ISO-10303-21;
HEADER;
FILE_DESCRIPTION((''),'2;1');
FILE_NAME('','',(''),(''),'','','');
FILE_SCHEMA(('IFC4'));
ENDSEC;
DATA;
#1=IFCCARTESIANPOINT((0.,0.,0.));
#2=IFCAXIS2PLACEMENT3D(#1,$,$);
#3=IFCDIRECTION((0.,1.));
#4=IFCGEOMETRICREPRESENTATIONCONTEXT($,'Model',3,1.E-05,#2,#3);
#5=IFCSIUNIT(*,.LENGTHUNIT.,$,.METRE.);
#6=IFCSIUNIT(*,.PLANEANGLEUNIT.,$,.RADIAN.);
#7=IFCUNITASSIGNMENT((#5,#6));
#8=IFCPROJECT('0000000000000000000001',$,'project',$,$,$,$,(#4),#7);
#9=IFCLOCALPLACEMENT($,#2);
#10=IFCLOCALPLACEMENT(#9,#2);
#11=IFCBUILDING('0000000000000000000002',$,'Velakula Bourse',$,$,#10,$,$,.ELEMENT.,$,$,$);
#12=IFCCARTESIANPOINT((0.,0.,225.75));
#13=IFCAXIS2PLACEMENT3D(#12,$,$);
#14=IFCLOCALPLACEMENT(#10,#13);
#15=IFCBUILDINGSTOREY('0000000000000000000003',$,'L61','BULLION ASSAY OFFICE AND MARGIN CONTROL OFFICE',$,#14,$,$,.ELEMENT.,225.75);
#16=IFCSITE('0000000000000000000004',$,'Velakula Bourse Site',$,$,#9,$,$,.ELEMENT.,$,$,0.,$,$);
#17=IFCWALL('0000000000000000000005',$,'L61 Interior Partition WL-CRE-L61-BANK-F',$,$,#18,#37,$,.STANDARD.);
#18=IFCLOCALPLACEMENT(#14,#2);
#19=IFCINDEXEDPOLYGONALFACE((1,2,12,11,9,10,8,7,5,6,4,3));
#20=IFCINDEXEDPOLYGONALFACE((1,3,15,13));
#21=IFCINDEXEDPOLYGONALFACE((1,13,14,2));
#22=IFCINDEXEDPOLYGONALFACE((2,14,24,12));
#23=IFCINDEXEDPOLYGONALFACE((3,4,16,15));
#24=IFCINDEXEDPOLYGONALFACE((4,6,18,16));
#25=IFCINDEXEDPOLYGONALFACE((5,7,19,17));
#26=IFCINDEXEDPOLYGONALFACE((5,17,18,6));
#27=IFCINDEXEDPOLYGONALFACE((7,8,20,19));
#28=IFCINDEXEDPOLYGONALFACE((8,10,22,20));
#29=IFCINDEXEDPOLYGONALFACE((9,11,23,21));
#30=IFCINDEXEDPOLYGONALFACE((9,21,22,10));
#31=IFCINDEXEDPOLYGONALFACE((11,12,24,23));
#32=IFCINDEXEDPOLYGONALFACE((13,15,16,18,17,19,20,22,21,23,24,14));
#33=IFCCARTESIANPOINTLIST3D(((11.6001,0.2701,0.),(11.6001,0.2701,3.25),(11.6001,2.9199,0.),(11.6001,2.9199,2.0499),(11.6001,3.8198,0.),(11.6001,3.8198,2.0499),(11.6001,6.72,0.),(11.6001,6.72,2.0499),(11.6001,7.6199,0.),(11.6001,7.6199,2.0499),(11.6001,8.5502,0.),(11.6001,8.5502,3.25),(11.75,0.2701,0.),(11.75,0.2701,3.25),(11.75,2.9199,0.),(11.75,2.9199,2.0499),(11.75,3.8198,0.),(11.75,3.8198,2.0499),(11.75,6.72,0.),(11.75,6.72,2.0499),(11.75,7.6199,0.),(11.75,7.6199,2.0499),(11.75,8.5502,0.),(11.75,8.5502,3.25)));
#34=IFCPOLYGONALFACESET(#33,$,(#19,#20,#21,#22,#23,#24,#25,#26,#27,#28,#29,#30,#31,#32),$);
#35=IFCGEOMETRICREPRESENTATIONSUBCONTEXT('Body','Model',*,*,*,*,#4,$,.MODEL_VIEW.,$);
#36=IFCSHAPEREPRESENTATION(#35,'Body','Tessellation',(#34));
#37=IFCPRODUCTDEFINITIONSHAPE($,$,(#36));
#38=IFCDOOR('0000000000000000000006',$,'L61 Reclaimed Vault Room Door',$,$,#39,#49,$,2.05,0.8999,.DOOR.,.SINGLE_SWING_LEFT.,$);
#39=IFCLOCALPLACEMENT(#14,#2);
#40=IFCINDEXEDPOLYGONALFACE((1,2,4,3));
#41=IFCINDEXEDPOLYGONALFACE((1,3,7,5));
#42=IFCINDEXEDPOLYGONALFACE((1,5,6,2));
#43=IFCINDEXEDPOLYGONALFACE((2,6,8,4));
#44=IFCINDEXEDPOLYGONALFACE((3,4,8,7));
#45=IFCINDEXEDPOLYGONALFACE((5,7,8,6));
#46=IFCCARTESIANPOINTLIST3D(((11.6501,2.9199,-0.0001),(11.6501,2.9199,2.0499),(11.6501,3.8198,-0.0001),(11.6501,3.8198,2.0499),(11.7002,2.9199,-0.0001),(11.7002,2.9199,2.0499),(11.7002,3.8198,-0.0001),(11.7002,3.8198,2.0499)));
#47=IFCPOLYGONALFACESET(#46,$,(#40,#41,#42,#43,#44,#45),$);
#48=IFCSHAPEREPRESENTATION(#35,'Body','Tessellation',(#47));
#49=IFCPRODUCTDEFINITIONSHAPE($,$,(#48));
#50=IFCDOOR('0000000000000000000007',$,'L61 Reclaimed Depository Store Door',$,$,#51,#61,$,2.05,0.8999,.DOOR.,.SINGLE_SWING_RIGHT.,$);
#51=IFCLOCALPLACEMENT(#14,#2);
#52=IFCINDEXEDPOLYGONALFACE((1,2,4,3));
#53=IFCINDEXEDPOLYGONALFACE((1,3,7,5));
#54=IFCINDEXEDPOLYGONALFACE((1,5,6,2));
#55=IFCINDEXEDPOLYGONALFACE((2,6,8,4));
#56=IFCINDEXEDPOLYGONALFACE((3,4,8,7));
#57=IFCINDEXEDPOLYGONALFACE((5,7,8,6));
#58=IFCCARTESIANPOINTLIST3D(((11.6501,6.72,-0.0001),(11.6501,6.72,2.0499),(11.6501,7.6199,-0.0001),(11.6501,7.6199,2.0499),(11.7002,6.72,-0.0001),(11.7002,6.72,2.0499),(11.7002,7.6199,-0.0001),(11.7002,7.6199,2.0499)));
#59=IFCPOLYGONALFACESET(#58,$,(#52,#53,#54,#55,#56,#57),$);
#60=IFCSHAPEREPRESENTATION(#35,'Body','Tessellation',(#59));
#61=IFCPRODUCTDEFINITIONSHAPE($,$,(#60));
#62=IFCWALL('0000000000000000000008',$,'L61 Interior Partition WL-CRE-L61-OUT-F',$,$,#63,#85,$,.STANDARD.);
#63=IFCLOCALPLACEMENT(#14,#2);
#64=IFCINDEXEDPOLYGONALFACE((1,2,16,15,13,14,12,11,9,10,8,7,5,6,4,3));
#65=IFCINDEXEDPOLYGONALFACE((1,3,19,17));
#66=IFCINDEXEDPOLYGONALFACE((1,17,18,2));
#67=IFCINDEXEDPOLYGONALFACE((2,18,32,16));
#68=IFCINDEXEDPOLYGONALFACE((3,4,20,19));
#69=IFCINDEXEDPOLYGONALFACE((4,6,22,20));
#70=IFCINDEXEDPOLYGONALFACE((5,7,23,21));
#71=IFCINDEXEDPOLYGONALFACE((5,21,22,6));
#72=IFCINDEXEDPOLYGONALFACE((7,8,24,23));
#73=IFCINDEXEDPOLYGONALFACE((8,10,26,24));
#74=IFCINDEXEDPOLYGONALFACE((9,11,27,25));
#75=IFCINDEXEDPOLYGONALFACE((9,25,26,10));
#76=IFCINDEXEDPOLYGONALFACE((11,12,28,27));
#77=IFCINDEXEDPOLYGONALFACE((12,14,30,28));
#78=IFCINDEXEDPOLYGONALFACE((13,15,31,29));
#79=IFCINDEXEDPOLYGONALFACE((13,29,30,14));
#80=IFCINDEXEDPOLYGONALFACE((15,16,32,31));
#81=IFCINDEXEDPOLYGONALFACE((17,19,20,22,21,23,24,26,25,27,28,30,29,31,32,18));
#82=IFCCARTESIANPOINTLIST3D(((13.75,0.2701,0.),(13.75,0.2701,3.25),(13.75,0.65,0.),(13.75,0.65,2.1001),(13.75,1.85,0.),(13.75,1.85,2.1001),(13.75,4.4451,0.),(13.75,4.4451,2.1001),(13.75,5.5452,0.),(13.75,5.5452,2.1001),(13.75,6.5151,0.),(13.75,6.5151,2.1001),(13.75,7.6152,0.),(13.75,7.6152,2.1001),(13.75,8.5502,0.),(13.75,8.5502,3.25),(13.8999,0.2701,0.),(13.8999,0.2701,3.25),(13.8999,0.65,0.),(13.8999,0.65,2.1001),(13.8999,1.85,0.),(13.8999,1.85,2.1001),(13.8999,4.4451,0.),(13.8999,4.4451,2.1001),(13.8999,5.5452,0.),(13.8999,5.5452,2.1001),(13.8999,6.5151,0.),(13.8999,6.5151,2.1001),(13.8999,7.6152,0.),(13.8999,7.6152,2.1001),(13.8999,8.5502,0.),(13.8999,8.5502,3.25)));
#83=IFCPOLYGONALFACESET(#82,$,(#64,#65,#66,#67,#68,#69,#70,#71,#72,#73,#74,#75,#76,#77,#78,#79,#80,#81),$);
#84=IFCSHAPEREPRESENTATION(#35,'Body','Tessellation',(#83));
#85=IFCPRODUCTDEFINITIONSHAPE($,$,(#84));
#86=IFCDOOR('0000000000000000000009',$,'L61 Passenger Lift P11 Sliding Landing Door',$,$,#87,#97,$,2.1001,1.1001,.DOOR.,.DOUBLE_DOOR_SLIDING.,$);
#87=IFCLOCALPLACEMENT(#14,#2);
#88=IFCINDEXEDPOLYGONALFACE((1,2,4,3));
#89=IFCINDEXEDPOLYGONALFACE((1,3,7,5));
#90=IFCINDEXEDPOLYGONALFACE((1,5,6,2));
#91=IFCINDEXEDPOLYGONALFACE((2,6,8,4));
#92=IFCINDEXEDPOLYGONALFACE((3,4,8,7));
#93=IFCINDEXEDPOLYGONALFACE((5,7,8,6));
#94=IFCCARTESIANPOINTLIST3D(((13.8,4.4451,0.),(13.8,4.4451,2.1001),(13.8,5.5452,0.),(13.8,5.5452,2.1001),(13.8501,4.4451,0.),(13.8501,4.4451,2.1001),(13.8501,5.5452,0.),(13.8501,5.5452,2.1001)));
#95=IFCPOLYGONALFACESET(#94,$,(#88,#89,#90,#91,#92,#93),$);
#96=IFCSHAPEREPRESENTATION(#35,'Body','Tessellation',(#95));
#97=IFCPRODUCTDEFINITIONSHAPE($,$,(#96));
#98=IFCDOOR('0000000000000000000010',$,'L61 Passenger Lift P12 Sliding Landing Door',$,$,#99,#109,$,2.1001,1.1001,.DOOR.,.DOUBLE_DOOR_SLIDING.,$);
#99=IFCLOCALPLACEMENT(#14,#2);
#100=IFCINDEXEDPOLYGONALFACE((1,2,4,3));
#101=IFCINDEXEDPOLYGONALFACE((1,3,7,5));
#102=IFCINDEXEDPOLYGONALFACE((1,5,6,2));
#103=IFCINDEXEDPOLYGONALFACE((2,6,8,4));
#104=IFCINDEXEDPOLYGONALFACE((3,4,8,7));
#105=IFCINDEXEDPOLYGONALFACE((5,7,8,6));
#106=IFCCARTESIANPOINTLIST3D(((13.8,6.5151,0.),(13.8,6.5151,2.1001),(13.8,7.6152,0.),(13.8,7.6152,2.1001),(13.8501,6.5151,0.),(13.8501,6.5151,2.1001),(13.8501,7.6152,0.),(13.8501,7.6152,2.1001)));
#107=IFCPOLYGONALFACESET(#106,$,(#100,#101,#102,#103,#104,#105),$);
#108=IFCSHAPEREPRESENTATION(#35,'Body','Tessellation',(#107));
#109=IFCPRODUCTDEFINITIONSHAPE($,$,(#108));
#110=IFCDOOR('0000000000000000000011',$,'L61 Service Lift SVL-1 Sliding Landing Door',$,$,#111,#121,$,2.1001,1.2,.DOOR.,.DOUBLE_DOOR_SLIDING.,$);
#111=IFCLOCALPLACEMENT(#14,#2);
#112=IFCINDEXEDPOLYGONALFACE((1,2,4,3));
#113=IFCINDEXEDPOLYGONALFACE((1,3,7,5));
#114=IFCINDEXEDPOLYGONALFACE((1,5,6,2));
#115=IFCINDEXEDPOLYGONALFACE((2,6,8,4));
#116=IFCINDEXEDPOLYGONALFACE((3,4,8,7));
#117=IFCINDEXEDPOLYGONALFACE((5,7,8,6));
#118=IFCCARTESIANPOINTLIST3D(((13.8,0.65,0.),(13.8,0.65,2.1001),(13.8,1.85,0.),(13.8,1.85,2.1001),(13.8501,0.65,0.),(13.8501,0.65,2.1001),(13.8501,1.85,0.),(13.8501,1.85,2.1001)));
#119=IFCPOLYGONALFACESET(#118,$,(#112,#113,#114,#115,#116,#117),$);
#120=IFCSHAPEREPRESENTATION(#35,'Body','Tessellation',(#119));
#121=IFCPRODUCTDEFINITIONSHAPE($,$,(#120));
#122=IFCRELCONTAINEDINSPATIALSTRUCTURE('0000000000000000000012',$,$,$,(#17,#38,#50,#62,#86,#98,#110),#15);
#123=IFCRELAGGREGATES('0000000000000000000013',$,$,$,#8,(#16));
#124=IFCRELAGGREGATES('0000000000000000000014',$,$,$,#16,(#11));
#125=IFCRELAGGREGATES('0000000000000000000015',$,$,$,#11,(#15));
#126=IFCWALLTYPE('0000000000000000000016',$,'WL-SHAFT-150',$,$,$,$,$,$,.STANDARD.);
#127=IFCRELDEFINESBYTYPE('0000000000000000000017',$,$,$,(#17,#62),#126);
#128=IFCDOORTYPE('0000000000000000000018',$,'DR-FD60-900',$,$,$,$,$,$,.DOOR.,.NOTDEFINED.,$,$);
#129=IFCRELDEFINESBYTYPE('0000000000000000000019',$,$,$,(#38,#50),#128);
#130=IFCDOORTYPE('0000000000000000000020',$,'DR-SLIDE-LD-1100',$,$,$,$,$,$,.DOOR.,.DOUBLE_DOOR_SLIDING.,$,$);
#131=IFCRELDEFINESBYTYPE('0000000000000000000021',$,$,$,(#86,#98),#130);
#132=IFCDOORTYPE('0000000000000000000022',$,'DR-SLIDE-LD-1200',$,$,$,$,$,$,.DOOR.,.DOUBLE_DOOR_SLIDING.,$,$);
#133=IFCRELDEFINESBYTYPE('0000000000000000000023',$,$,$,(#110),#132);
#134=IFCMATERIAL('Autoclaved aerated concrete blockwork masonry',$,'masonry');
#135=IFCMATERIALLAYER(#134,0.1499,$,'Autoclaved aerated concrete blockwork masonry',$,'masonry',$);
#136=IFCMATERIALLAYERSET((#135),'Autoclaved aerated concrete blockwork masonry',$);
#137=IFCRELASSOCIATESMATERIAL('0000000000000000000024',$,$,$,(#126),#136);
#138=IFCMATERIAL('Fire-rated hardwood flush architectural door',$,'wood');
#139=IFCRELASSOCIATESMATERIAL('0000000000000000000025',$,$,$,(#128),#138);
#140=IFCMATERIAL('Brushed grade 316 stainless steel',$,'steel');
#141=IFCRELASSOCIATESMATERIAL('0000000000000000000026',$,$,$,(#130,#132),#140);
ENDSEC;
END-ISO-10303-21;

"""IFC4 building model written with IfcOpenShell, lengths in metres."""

from ifc_helpers import new_model, si_unit, direction, frame, frame_2d, origin, place, context, subcontext, project, spatial, rectangle, extrude, material, layer, layer_set, type_object, element, fill, save


model = new_model("IFC4")

# Units and contexts
model_context = context("Model", 3, precision=1e-05, world=origin(), true_north=direction((0.0, 1.0)))
body_context = subcontext(model_context, "Body", "Model", "MODEL_VIEW")
ifc_project = project(units=[si_unit("LENGTHUNIT", "METRE"), si_unit("PLANEANGLEUNIT", "RADIAN")], contexts=[model_context])

# Site, building, storey
site_placement = place(None, origin())
site = spatial("IfcSite", under=ifc_project, at=site_placement, Name="Velakula Bourse Site", CompositionType="ELEMENT", RefElevation=0.0)
building_placement = place(site_placement, origin())
building = spatial("IfcBuilding", under=site, at=building_placement, Name="Velakula Bourse", CompositionType="ELEMENT")
storey_placement = place(building_placement, frame((0.0, 0.0, 225.75)))
storey = spatial("IfcBuildingStorey", under=building, at=storey_placement, Name="L61", Description="BULLION ASSAY OFFICE AND MARGIN CONTROL OFFICE", CompositionType="ELEMENT", Elevation=225.75)

# Shared definitions
ifc_material_1 = material(Name="Fire-rated hardwood flush architectural door", Category="wood")

# Shared definitions
ifc_material_2 = material(Name="Autoclaved aerated concrete blockwork masonry", Category="masonry")
ifc_layer_1 = layer(ifc_material_2, 0.1499, Name="Autoclaved aerated concrete blockwork masonry", Category="masonry")
ifc_layer_set_1 = layer_set([ifc_layer_1], Name="Autoclaved aerated concrete blockwork masonry")
wall_type_1 = type_object("IfcWallType", Name="WL-SHAFT-150", PredefinedType="STANDARD", material=ifc_layer_set_1)

# Walls, openings, doors
wall_1_placement = place(storey_placement, frame((11.675, 0.27, 0.0), z_axis=(0.0, 0.0, 1.0), x_axis=(0.0, 1.0, 0.0)))
wall_1 = element("IfcWall", 1, at=wall_1_placement, inside=storey, type_object=wall_type_1, Name="L61 Interior Partition WL-CRE-L61-BANK-F", PredefinedType="STANDARD", context=body_context, shape_type="SweptSolid", body=[
    extrude(rectangle(XDim=8.28, YDim=0.1499, at=frame_2d((4.1401, 0.0))), origin(), (0.0, 0.0, 1.0), 3.25),
])
opening_1_placement = place(wall_1_placement, frame((2.6499, 0.0, 0.0)))
opening_1 = element("IfcOpeningElement", 2, at=opening_1_placement, cuts=wall_1, PredefinedType="OPENING", context=body_context, shape_type="SweptSolid", body=[
    extrude(rectangle(XDim=0.8999, YDim=2.05, at=frame_2d((0.45, 1.0249))), frame((0.0, 0.085, 0.0), z_axis=(0.0, -1.0, 0.0), x_axis=(1.0, 0.0, 0.0)), (0.0, 0.0, 1.0), 0.1699),
])
opening_2_placement = place(wall_1_placement, frame((6.45, 0.0, 0.0)))
opening_2 = element("IfcOpeningElement", 3, at=opening_2_placement, cuts=wall_1, PredefinedType="OPENING", context=body_context, shape_type="SweptSolid", body=[
    extrude(rectangle(XDim=0.8999, YDim=2.05, at=frame_2d((0.45, 1.0249))), frame((0.0, 0.085, 0.0), z_axis=(0.0, -1.0, 0.0), x_axis=(1.0, 0.0, 0.0)), (0.0, 0.0, 1.0), 0.1699),
])
door_type_1 = type_object("IfcDoorType", Name="DR-FD60-900", OperationType="NOTDEFINED", PredefinedType="DOOR", material=ifc_material_1)
door_1_placement = place(opening_1_placement, origin())
door_1 = element("IfcDoor", 4, at=door_1_placement, inside=storey, type_object=door_type_1, Name="L61 Reclaimed Vault Room Door", OperationType="SINGLE_SWING_LEFT", OverallHeight=2.05, OverallWidth=0.8999, PredefinedType="DOOR", context=body_context, shape_type="SweptSolid", body=[
    extrude(rectangle(XDim=0.8999, YDim=2.05, at=frame_2d((0.45, 1.0249))), frame((0.0, 0.0249, 0.0), z_axis=(0.0, -1.0, 0.0), x_axis=(1.0, 0.0, 0.0)), (0.0, 0.0, 1.0), 0.05),
])
fill(opening_1, door_1)
door_2_placement = place(opening_2_placement, origin())
door_2 = element("IfcDoor", 5, at=door_2_placement, inside=storey, type_object=door_type_1, Name="L61 Reclaimed Depository Store Door", OperationType="SINGLE_SWING_RIGHT", OverallHeight=2.05, OverallWidth=0.8999, PredefinedType="DOOR", context=body_context, shape_type="SweptSolid", body=[
    extrude(rectangle(XDim=0.8999, YDim=2.05, at=frame_2d((0.45, 1.0249))), frame((0.0, 0.0249, 0.0), z_axis=(0.0, -1.0, 0.0), x_axis=(1.0, 0.0, 0.0)), (0.0, 0.0, 1.0), 0.05),
])
fill(opening_2, door_2)
wall_2_placement = place(storey_placement, frame((13.825, 0.27, 0.0), z_axis=(0.0, 0.0, 1.0), x_axis=(0.0, 1.0, 0.0)))
wall_2 = element("IfcWall", 6, at=wall_2_placement, inside=storey, type_object=wall_type_1, Name="L61 Interior Partition WL-CRE-L61-OUT-F", PredefinedType="STANDARD", context=body_context, shape_type="SweptSolid", body=[
    extrude(rectangle(XDim=8.28, YDim=0.1499, at=frame_2d((4.1401, 0.0))), origin(), (0.0, 0.0, 1.0), 3.25),
])
opening_3_placement = place(wall_2_placement, frame((4.175, 0.0, 0.0)))
opening_3 = element("IfcOpeningElement", 7, at=opening_3_placement, cuts=wall_2, PredefinedType="OPENING", context=body_context, shape_type="SweptSolid", body=[
    extrude(rectangle(XDim=1.1001, YDim=2.1001, at=frame_2d((0.55, 1.05))), frame((0.0, 0.085, 0.0), z_axis=(0.0, -1.0, 0.0), x_axis=(1.0, 0.0, 0.0)), (0.0, 0.0, 1.0), 0.1699),
])
opening_4_placement = place(wall_2_placement, frame((6.2451, 0.0, 0.0)))
opening_4 = element("IfcOpeningElement", 8, at=opening_4_placement, cuts=wall_2, PredefinedType="OPENING", context=body_context, shape_type="SweptSolid", body=[
    extrude(rectangle(XDim=1.1001, YDim=2.1001, at=frame_2d((0.55, 1.05))), frame((0.0, 0.085, 0.0), z_axis=(0.0, -1.0, 0.0), x_axis=(1.0, 0.0, 0.0)), (0.0, 0.0, 1.0), 0.1699),
])
opening_5_placement = place(wall_2_placement, frame((0.3799, 0.0, 0.0)))
opening_5 = element("IfcOpeningElement", 9, at=opening_5_placement, cuts=wall_2, PredefinedType="OPENING", context=body_context, shape_type="SweptSolid", body=[
    extrude(rectangle(XDim=1.2, YDim=2.1001, at=frame_2d((0.6001, 1.05))), frame((0.0, 0.085, 0.0), z_axis=(0.0, -1.0, 0.0), x_axis=(1.0, 0.0, 0.0)), (0.0, 0.0, 1.0), 0.1699),
])
ifc_material_3 = material(Name="Brushed grade 316 stainless steel", Category="steel")
door_type_2 = type_object("IfcDoorType", Name="DR-SLIDE-LD-1100", OperationType="DOUBLE_DOOR_SLIDING", PredefinedType="DOOR", material=ifc_material_3)
door_3_placement = place(opening_3_placement, origin())
door_3 = element("IfcDoor", 10, at=door_3_placement, inside=storey, type_object=door_type_2, Name="L61 Passenger Lift P11 Sliding Landing Door", OperationType="DOUBLE_DOOR_SLIDING", OverallHeight=2.1001, OverallWidth=1.1001, PredefinedType="DOOR", context=body_context, shape_type="SweptSolid", body=[
    extrude(rectangle(XDim=1.1001, YDim=2.1001, at=frame_2d((0.55, 1.05))), frame((0.0, 0.0249, 0.0), z_axis=(0.0, -1.0, 0.0), x_axis=(1.0, 0.0, 0.0)), (0.0, 0.0, 1.0), 0.05),
])
fill(opening_3, door_3)
door_4_placement = place(opening_4_placement, origin())
door_4 = element("IfcDoor", 11, at=door_4_placement, inside=storey, type_object=door_type_2, Name="L61 Passenger Lift P12 Sliding Landing Door", OperationType="DOUBLE_DOOR_SLIDING", OverallHeight=2.1001, OverallWidth=1.1001, PredefinedType="DOOR", context=body_context, shape_type="SweptSolid", body=[
    extrude(rectangle(XDim=1.1001, YDim=2.1001, at=frame_2d((0.55, 1.05))), frame((0.0, 0.0249, 0.0), z_axis=(0.0, -1.0, 0.0), x_axis=(1.0, 0.0, 0.0)), (0.0, 0.0, 1.0), 0.05),
])
fill(opening_4, door_4)
door_type_3 = type_object("IfcDoorType", Name="DR-SLIDE-LD-1200", OperationType="DOUBLE_DOOR_SLIDING", PredefinedType="DOOR", material=ifc_material_3)
door_5_placement = place(opening_5_placement, origin())
door_5 = element("IfcDoor", 12, at=door_5_placement, inside=storey, type_object=door_type_3, Name="L61 Service Lift SVL-1 Sliding Landing Door", OperationType="DOUBLE_DOOR_SLIDING", OverallHeight=2.1001, OverallWidth=1.2, PredefinedType="DOOR", context=body_context, shape_type="SweptSolid", body=[
    extrude(rectangle(XDim=1.2, YDim=2.1001, at=frame_2d((0.6001, 1.05))), frame((0.0, 0.0249, 0.0), z_axis=(0.0, -1.0, 0.0), x_axis=(1.0, 0.0, 0.0)), (0.0, 0.0, 1.0), 0.05),
])
fill(opening_5, door_5)

save(model, "model.ifc")
